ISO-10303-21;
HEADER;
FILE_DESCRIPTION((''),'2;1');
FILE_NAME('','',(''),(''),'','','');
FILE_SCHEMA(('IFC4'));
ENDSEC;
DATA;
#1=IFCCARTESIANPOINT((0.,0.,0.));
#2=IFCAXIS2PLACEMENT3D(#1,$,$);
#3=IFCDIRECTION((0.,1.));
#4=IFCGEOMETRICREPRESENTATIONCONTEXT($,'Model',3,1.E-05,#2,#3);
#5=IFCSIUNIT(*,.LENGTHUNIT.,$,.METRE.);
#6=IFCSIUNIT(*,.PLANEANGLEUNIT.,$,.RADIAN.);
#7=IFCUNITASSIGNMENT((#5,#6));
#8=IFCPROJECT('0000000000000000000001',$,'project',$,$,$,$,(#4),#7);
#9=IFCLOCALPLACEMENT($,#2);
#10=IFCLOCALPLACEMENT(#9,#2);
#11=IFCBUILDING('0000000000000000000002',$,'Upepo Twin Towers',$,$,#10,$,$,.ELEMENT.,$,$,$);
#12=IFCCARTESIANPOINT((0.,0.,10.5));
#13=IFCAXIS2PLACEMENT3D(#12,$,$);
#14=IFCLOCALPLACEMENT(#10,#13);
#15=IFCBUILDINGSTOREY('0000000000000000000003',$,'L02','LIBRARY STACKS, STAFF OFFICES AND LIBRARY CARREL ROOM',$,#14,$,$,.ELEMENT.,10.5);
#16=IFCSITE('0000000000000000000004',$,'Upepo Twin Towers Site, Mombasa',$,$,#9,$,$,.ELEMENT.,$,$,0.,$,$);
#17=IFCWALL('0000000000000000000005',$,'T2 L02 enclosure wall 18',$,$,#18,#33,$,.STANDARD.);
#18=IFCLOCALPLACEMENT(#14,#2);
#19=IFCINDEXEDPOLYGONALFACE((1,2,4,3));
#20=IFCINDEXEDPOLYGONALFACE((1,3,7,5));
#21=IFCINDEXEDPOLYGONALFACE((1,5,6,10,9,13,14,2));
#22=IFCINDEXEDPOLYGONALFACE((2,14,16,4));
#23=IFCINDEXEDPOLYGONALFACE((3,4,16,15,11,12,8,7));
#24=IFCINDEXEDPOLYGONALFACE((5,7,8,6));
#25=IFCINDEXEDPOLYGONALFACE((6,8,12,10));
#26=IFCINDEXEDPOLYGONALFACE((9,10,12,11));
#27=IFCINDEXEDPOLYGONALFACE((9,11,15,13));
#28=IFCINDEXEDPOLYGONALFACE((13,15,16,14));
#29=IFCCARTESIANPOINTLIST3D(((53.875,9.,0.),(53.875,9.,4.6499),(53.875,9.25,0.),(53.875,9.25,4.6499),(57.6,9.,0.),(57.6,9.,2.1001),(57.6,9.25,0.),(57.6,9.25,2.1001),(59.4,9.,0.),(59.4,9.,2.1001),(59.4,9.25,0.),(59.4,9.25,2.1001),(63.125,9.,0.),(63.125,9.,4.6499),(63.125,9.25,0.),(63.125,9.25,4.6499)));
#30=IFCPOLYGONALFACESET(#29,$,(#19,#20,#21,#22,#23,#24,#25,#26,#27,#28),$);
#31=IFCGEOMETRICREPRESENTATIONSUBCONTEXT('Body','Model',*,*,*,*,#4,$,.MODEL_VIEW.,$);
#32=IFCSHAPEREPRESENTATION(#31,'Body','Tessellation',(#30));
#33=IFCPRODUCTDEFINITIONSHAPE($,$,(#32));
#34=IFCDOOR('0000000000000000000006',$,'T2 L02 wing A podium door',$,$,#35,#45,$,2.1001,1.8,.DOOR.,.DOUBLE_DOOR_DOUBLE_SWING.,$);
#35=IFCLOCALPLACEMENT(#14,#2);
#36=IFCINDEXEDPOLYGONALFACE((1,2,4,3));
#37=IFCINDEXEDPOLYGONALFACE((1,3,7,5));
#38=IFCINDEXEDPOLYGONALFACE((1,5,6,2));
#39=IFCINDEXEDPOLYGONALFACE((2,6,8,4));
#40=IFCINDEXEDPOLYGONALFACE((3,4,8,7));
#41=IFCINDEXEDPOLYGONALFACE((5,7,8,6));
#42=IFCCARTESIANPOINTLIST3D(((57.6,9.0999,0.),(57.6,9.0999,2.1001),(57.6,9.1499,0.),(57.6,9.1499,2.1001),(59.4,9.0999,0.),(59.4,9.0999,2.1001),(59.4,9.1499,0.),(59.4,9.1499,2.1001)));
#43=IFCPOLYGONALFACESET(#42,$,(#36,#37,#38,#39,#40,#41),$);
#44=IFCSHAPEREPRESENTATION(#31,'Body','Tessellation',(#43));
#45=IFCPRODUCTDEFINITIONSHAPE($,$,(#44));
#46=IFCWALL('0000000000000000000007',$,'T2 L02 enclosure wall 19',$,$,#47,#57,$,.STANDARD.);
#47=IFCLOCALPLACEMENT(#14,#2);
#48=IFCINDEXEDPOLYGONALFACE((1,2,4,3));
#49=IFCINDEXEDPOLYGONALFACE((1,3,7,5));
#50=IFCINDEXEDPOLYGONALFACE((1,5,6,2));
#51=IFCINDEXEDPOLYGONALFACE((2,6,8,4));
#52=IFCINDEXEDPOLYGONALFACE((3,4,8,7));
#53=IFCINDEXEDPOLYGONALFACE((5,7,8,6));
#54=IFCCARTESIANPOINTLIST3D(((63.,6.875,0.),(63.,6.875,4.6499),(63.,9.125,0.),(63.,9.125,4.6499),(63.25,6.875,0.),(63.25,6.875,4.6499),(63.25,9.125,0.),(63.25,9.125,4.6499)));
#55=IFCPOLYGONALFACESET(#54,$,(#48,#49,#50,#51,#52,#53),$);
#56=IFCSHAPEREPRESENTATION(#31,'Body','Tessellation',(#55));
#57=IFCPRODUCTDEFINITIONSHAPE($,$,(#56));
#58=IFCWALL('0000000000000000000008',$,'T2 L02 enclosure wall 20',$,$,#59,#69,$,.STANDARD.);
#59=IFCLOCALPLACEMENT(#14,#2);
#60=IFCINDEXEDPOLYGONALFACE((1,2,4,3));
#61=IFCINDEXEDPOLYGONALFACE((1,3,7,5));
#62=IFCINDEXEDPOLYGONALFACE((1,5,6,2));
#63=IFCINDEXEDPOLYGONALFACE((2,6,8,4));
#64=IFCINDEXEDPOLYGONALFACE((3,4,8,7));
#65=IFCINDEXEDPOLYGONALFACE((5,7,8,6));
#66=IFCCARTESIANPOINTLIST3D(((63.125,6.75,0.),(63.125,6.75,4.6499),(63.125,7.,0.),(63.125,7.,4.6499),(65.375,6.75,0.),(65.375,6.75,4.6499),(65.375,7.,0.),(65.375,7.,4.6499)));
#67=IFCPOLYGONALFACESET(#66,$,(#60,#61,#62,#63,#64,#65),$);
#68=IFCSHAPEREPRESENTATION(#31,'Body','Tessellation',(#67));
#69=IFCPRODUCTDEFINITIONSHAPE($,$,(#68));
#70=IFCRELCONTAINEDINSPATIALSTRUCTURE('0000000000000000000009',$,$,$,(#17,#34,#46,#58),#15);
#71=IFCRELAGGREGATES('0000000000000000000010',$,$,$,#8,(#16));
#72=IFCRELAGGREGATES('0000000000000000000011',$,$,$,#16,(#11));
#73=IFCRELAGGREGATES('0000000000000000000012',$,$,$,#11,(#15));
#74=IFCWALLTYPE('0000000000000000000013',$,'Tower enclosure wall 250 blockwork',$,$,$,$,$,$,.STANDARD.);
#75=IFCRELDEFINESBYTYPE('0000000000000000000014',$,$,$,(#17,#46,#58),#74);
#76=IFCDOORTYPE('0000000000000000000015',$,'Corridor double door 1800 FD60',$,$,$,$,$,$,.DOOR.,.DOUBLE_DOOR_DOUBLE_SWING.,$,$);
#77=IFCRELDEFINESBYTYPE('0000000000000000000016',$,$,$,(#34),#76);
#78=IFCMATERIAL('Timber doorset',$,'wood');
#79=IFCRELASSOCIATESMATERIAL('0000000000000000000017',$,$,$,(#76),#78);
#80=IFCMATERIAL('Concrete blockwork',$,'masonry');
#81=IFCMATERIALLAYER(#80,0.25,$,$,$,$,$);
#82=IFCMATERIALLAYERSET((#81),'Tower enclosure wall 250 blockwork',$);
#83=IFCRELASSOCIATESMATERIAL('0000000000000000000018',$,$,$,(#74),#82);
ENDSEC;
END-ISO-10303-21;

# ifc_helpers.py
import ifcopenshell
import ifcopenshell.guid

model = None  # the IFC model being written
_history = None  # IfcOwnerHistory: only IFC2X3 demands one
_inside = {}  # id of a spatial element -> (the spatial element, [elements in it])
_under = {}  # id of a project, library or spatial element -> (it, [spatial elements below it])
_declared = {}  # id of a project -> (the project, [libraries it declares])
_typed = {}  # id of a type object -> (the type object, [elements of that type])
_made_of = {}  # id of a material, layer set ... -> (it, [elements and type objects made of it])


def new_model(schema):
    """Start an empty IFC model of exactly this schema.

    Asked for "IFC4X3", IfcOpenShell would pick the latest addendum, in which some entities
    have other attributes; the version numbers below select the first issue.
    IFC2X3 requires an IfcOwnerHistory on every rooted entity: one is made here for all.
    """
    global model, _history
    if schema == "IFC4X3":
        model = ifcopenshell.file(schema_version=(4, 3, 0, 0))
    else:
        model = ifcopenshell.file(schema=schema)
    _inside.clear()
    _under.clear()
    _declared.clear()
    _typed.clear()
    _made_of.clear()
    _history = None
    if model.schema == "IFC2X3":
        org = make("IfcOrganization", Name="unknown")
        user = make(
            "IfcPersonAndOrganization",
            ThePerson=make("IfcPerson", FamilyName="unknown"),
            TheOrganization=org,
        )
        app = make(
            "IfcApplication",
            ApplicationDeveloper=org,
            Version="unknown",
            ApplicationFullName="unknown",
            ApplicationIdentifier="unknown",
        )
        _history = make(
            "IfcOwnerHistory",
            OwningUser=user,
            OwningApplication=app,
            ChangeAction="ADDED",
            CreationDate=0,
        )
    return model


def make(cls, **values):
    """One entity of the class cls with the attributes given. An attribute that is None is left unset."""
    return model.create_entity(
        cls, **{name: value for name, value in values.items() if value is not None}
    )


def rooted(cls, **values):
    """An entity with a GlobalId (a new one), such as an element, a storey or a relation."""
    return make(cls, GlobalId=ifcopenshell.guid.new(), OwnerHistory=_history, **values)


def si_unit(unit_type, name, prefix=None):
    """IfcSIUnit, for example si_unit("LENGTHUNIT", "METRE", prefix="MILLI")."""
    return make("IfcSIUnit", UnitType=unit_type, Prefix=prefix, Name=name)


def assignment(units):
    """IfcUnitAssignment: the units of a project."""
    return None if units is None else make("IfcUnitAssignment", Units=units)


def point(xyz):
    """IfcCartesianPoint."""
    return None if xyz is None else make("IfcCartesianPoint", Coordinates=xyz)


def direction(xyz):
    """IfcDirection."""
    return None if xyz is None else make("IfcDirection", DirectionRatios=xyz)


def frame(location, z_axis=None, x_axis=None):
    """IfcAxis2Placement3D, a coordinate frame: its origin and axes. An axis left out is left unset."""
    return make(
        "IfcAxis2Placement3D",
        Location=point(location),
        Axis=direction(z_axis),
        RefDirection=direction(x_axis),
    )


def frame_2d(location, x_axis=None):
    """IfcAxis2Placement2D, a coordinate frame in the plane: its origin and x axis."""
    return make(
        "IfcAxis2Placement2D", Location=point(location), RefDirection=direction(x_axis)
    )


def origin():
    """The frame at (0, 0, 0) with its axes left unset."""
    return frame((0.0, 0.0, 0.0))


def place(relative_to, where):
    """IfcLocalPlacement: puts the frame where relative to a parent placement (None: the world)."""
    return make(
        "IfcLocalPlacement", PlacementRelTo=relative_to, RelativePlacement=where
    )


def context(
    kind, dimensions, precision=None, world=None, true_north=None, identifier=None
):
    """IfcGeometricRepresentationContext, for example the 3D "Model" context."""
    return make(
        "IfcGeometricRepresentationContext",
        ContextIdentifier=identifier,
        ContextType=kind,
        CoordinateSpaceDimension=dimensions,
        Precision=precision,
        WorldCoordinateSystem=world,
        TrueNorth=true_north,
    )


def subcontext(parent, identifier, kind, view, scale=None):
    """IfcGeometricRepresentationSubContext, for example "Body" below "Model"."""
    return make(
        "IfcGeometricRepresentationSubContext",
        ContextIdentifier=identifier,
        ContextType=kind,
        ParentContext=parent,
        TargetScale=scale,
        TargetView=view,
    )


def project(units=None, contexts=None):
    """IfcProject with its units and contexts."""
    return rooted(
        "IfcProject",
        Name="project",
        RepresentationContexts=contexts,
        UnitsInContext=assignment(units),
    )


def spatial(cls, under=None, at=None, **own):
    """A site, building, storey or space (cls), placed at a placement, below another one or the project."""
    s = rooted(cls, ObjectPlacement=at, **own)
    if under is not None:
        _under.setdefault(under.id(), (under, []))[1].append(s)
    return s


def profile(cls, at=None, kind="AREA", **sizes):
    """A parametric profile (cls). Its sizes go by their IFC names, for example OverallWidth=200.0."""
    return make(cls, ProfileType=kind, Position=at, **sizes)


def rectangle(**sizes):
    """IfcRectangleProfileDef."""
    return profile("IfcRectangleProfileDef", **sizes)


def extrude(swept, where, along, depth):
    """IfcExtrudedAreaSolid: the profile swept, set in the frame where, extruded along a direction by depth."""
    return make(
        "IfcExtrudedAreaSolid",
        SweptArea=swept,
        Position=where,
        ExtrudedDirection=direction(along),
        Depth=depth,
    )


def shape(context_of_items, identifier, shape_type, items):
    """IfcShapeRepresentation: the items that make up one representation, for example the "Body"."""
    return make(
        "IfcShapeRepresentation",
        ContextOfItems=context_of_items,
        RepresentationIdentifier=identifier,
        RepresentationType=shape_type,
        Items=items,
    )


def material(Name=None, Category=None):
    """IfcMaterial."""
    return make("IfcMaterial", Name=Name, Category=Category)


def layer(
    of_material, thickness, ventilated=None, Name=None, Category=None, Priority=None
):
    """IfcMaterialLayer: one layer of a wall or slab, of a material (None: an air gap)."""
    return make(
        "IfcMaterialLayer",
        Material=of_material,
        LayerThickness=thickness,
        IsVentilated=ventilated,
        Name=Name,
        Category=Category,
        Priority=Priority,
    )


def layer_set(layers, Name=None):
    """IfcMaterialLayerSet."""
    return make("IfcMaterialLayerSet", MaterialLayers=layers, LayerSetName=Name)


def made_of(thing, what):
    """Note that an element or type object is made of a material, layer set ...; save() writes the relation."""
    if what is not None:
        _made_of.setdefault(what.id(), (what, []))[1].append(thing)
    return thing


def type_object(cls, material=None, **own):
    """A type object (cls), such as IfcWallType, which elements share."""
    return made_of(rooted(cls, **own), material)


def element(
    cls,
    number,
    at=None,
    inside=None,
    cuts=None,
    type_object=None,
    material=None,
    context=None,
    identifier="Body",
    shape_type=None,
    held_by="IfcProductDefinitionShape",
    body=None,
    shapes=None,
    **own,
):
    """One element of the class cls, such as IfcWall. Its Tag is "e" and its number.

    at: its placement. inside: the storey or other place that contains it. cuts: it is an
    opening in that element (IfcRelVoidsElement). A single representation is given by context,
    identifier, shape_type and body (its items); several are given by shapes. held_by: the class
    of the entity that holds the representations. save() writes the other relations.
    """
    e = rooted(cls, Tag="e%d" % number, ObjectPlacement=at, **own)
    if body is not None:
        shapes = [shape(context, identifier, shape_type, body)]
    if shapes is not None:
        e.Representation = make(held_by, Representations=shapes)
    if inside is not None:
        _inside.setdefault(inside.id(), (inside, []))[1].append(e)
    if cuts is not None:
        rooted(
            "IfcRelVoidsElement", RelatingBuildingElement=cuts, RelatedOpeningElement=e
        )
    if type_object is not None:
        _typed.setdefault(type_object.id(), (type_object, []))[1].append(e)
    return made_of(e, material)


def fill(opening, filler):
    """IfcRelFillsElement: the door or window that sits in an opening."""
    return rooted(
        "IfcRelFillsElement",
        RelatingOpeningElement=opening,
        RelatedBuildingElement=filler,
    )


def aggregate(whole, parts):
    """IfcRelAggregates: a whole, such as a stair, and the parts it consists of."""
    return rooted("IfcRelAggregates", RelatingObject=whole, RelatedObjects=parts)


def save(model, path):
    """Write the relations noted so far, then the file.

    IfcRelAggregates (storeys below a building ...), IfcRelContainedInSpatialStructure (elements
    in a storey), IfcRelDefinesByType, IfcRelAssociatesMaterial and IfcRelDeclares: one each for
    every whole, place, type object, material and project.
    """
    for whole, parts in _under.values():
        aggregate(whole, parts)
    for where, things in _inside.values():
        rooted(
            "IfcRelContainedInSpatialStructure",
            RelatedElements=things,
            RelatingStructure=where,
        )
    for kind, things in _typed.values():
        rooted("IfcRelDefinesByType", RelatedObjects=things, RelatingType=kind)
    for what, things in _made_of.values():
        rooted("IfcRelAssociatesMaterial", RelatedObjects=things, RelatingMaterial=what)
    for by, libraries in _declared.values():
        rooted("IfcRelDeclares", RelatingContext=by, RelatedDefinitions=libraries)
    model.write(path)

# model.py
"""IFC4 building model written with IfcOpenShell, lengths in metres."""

from ifc_helpers import new_model, si_unit, direction, frame, frame_2d, origin, place, context, subcontext, project, spatial, rectangle, extrude, material, layer, layer_set, type_object, element, fill, save


model = new_model("IFC4")

# Units and contexts
model_context = context("Model", 3, precision=1e-05, world=origin(), true_north=direction((0.0, 1.0)))
body_context = subcontext(model_context, "Body", "Model", "MODEL_VIEW")
ifc_project = project(units=[si_unit("LENGTHUNIT", "METRE"), si_unit("PLANEANGLEUNIT", "RADIAN")], contexts=[model_context])

# Site, building, storey
site_placement = place(None, origin())
site = spatial("IfcSite", under=ifc_project, at=site_placement, Name="Upepo Twin Towers Site, Mombasa", CompositionType="ELEMENT", RefElevation=0.0)
building_placement = place(site_placement, origin())
building = spatial("IfcBuilding", under=site, at=building_placement, Name="Upepo Twin Towers", CompositionType="ELEMENT")
storey_placement = place(building_placement, frame((0.0, 0.0, 10.5)))
storey = spatial("IfcBuildingStorey", under=building, at=storey_placement, Name="L02", Description="LIBRARY STACKS, STAFF OFFICES AND LIBRARY CARREL ROOM", CompositionType="ELEMENT", Elevation=10.5)

# Shared definitions
ifc_material_1 = material(Name="Timber doorset", Category="wood")
door_type_1 = type_object("IfcDoorType", Name="Corridor double door 1800 FD60", OperationType="DOUBLE_DOOR_DOUBLE_SWING", PredefinedType="DOOR", material=ifc_material_1)

# Shared definitions
ifc_material_2 = material(Name="Concrete blockwork", Category="masonry")
ifc_layer_1 = layer(ifc_material_2, 0.25)
ifc_layer_set_1 = layer_set([ifc_layer_1], Name="Tower enclosure wall 250 blockwork")
wall_type_1 = type_object("IfcWallType", Name="Tower enclosure wall 250 blockwork", PredefinedType="STANDARD", material=ifc_layer_set_1)

# Wall, opening, door
wall_1_placement = place(storey_placement, frame((53.875, 9.125, 0.0), z_axis=(0.0, 0.0, 1.0), x_axis=(1.0, 0.0, 0.0)))
wall_1 = element("IfcWall", 1, at=wall_1_placement, inside=storey, type_object=wall_type_1, Name="T2 L02 enclosure wall 18", PredefinedType="STANDARD", context=body_context, shape_type="SweptSolid", body=[
    extrude(rectangle(XDim=9.25, YDim=0.25, at=frame_2d((4.625, 0.0))), origin(), (0.0, 0.0, 1.0), 4.6499),
])
opening_1_placement = place(wall_1_placement, frame((3.7251, 0.0, 0.0)))
opening_1 = element("IfcOpeningElement", 2, at=opening_1_placement, cuts=wall_1, PredefinedType="OPENING", context=body_context, shape_type="SweptSolid", body=[
    extrude(rectangle(XDim=1.8, YDim=2.1001, at=frame_2d((0.8999, 1.05))), frame((0.0, 0.135, 0.0), z_axis=(0.0, -1.0, 0.0), x_axis=(1.0, 0.0, 0.0)), (0.0, 0.0, 1.0), 0.27),
])
door_1_placement = place(opening_1_placement, origin())
door_1 = element("IfcDoor", 3, at=door_1_placement, inside=storey, type_object=door_type_1, Name="T2 L02 wing A podium door", OperationType="DOUBLE_DOOR_DOUBLE_SWING", OverallHeight=2.1001, OverallWidth=1.8, PredefinedType="DOOR", context=body_context, shape_type="SweptSolid", body=[
    extrude(rectangle(XDim=1.8, YDim=2.1001, at=frame_2d((0.8999, 1.05))), frame((0.0, 0.0249, 0.0), z_axis=(0.0, -1.0, 0.0), x_axis=(1.0, 0.0, 0.0)), (0.0, 0.0, 1.0), 0.05),
])
fill(opening_1, door_1)

# Walls
for number, where, z_axis, x_axis, name in (
    (4, (63.125, 9.125, 0.0), (0.0, 0.0, 1.0), (0.0, -1.0, 0.0), "T2 L02 enclosure wall 19"),
    (5, (63.125, 6.875, 0.0), (0.0, 0.0, 1.0), (1.0, 0.0, 0.0), "T2 L02 enclosure wall 20"),
):
    element("IfcWall", number, at=place(storey_placement, frame(where, z_axis=z_axis, x_axis=x_axis)), inside=storey, type_object=wall_type_1, Name=name, PredefinedType="STANDARD", context=body_context, shape_type="SweptSolid", body=[
        extrude(rectangle(XDim=2.25, YDim=0.25, at=frame_2d((1.125, 0.0))), origin(), (0.0, 0.0, 1.0), 4.6499),
    ])

save(model, "model.ifc")
